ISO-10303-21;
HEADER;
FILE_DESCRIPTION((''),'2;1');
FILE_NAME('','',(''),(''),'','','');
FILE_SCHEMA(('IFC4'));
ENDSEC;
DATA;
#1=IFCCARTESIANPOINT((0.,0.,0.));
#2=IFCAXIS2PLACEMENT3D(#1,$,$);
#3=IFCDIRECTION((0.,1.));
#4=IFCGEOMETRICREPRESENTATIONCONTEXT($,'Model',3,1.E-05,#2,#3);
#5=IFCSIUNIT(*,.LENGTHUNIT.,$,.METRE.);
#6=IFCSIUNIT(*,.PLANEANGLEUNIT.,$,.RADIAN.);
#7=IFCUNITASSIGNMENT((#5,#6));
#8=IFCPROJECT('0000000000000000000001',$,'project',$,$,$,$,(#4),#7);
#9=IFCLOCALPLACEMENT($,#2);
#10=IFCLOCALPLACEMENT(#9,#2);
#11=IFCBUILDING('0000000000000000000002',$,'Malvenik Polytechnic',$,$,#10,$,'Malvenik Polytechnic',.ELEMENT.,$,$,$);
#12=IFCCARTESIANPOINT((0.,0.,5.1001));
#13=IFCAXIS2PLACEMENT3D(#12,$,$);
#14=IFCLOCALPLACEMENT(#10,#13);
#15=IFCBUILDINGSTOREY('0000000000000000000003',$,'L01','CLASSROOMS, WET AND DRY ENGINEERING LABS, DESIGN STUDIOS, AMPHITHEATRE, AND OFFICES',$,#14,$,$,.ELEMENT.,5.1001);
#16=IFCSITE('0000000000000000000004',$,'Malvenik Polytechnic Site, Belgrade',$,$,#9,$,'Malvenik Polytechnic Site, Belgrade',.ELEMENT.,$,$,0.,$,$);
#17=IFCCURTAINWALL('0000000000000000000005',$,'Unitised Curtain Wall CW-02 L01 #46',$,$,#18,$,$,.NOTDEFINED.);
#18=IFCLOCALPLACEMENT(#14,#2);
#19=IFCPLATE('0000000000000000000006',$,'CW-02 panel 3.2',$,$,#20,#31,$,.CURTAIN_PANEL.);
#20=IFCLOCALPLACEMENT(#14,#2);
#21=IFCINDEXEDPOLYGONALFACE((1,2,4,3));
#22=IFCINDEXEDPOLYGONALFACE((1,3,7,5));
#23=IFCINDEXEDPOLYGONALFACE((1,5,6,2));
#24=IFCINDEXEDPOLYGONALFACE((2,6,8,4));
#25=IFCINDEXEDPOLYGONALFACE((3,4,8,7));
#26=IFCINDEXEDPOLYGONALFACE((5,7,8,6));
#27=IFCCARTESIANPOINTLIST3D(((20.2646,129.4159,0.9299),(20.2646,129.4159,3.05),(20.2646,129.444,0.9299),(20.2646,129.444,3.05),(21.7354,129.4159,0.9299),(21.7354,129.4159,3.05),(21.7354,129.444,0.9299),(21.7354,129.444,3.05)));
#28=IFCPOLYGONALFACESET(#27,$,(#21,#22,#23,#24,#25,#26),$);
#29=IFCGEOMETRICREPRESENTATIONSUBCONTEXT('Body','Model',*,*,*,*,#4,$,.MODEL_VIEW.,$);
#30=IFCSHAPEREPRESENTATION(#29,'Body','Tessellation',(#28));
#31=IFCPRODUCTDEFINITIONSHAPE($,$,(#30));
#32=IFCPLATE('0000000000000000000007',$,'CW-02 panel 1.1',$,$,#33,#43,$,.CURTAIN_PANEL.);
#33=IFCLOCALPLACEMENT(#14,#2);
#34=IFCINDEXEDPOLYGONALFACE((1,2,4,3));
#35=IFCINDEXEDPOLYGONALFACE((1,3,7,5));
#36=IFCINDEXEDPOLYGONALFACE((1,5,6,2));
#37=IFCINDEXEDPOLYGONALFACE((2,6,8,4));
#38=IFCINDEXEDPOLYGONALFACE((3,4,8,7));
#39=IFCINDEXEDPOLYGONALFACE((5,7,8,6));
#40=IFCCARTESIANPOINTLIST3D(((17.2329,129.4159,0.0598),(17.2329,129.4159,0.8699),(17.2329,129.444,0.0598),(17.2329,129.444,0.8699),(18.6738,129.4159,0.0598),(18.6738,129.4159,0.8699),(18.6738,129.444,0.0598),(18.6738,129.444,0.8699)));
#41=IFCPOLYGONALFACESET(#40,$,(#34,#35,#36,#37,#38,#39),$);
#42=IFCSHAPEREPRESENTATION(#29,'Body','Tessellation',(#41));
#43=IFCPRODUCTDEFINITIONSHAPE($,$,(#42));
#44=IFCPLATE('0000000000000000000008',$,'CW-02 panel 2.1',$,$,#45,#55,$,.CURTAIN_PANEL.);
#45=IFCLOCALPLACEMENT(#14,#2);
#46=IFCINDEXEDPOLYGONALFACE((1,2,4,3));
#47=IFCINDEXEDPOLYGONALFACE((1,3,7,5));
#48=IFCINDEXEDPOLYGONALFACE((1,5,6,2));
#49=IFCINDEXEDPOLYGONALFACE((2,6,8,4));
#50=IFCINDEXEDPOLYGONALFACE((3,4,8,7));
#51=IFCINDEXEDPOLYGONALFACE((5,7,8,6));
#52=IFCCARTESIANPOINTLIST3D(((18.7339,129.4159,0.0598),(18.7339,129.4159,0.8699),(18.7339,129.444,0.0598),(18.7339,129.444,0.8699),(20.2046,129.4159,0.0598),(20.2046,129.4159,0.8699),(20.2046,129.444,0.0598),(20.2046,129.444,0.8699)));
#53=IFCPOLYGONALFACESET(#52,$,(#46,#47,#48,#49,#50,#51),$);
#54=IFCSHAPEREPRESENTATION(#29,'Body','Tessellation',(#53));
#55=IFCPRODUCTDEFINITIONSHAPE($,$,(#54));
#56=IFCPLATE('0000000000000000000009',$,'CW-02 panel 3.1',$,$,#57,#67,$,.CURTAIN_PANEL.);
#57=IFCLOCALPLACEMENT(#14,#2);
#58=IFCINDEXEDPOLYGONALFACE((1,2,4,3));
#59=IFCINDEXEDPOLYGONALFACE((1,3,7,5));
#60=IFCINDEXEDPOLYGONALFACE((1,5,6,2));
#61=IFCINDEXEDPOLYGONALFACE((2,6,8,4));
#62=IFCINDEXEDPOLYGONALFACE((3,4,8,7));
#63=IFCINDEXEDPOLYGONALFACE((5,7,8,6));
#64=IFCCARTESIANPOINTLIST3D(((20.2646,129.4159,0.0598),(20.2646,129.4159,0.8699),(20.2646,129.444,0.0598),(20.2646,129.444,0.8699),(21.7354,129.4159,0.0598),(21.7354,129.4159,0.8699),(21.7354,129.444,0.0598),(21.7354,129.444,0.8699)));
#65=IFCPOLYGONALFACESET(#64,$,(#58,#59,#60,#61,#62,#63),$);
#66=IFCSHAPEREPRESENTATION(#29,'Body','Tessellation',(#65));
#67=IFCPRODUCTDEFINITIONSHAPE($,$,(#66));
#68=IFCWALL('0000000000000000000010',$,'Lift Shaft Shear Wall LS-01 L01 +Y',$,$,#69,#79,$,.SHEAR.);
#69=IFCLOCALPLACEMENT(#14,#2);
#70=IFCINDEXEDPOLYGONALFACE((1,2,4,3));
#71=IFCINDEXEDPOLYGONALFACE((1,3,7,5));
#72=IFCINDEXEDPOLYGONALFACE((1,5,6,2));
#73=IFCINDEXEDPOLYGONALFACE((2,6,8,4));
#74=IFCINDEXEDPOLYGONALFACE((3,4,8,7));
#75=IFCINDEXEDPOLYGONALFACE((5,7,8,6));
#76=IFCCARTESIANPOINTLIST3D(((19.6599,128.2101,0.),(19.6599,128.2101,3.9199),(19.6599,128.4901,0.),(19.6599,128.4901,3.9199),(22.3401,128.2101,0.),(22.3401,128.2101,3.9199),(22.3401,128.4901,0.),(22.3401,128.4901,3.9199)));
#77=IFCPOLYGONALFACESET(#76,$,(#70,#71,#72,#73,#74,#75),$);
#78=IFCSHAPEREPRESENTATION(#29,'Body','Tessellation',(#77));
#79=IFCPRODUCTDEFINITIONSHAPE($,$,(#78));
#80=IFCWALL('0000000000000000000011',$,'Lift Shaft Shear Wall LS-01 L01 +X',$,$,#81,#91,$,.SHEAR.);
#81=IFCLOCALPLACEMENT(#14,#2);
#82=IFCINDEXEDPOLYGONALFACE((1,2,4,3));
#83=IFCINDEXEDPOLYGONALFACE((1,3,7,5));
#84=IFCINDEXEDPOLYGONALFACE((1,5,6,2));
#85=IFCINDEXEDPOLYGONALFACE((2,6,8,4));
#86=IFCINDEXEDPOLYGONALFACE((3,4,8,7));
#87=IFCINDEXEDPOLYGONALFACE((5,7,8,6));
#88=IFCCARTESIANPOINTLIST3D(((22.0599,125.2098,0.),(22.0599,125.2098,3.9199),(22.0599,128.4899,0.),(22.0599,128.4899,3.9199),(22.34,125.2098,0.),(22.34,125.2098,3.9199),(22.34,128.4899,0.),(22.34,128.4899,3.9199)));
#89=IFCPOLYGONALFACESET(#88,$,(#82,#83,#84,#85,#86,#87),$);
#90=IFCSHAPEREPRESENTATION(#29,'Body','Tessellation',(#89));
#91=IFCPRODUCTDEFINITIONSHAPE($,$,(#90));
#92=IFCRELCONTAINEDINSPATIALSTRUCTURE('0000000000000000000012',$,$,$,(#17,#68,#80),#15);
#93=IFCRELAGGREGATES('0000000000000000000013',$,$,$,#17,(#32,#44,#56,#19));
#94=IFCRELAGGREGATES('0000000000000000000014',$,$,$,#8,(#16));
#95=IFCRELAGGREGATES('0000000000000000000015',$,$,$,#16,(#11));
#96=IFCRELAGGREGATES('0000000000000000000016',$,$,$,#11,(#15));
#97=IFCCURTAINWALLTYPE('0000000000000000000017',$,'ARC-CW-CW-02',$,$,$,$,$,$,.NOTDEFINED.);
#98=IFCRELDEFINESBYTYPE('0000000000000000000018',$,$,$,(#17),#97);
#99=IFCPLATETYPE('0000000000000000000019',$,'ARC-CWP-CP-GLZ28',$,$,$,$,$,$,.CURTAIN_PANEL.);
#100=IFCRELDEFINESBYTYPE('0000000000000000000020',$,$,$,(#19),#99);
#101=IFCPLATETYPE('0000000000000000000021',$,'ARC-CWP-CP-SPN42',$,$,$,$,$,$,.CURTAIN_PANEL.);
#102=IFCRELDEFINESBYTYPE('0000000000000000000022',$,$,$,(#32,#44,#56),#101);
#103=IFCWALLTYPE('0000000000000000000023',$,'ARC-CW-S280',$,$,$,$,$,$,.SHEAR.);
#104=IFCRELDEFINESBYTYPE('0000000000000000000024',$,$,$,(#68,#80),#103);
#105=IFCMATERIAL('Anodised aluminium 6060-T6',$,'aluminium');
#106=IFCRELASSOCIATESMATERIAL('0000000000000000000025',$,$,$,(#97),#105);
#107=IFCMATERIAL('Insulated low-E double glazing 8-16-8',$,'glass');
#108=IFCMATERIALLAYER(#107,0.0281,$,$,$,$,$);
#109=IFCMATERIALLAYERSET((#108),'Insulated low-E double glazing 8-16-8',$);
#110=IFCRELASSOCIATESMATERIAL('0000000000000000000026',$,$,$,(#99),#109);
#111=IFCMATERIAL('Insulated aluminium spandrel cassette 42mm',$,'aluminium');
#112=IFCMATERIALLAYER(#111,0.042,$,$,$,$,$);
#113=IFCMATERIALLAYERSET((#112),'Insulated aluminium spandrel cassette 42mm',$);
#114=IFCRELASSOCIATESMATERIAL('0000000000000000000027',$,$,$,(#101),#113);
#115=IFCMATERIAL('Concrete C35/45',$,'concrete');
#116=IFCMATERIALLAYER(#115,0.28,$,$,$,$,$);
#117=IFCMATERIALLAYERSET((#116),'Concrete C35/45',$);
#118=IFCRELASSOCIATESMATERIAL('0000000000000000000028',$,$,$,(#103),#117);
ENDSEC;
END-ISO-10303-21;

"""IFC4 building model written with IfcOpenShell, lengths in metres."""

from ifc_helpers import new_model, si_unit, direction, frame, frame_2d, origin, origin_2d, place, context, subcontext, project, spatial, rectangle, extrude, material, layer, layer_set, type_object, element, aggregate, save


model = new_model("IFC4")

# Units and contexts
model_context = context("Model", 3, precision=1e-05, world=origin(), true_north=direction((0.0, 1.0)))
body_context = subcontext(model_context, "Body", "Model", "MODEL_VIEW")
ifc_project = project(units=[si_unit("LENGTHUNIT", "METRE"), si_unit("PLANEANGLEUNIT", "RADIAN")], contexts=[model_context])

# Site, building, storey
site_placement = place(None, origin())
site = spatial("IfcSite", under=ifc_project, at=site_placement, Name="Malvenik Polytechnic Site, Belgrade", LongName="Malvenik Polytechnic Site, Belgrade", CompositionType="ELEMENT", RefElevation=0.0)
building_placement = place(site_placement, origin())
building = spatial("IfcBuilding", under=site, at=building_placement, Name="Malvenik Polytechnic", LongName="Malvenik Polytechnic", CompositionType="ELEMENT")
storey_placement = place(building_placement, frame((0.0, 0.0, 5.1001)))
storey = spatial("IfcBuildingStorey", under=building, at=storey_placement, Name="L01", Description="CLASSROOMS, WET AND DRY ENGINEERING LABS, DESIGN STUDIOS, AMPHITHEATRE, AND OFFICES", CompositionType="ELEMENT", Elevation=5.1001)

# Curtain wall, plates
ifc_material_1 = material(Name="Anodised aluminium 6060-T6", Category="aluminium")
curtain_wall_type = type_object("IfcCurtainWallType", Name="ARC-CW-CW-02", PredefinedType="NOTDEFINED", material=ifc_material_1)
curtain_wall_placement = place(storey_placement, origin())
curtain_wall = element("IfcCurtainWall", 1, at=curtain_wall_placement, inside=storey, type_object=curtain_wall_type, Name="Unitised Curtain Wall CW-02 L01 #46", PredefinedType="NOTDEFINED")
ifc_material_2 = material(Name="Insulated low-E double glazing 8-16-8", Category="glass")
ifc_layer_1 = layer(ifc_material_2, 0.0281)
ifc_layer_set_1 = layer_set([ifc_layer_1], Name="Insulated low-E double glazing 8-16-8")
plate_type_1 = type_object("IfcPlateType", Name="ARC-CWP-CP-GLZ28", PredefinedType="CURTAIN_PANEL", material=ifc_layer_set_1)
plate_1_placement = place(storey_placement, frame((21.0, 129.4299, 0.9299), z_axis=(0.0, 0.0, 1.0), x_axis=(1.0, 0.0, 0.0)))
plate_1 = element("IfcPlate", 2, at=plate_1_placement, type_object=plate_type_1, Name="CW-02 panel 3.2", PredefinedType="CURTAIN_PANEL", context=body_context, shape_type="SweptSolid", body=[
    extrude(rectangle(XDim=1.4707, YDim=0.0281, at=origin_2d()), origin(), (0.0, 0.0, 1.0), 2.1201),
])
ifc_material_3 = material(Name="Insulated aluminium spandrel cassette 42mm", Category="aluminium")
ifc_layer_2 = layer(ifc_material_3, 0.042)
ifc_layer_set_2 = layer_set([ifc_layer_2], Name="Insulated aluminium spandrel cassette 42mm")
plate_type_2 = type_object("IfcPlateType", Name="ARC-CWP-CP-SPN42", PredefinedType="CURTAIN_PANEL", material=ifc_layer_set_2)
plate_2_placement = place(storey_placement, frame((17.9534, 129.4299, 0.0598), z_axis=(0.0, 0.0, 1.0), x_axis=(1.0, 0.0, 0.0)))
plate_2 = element("IfcPlate", 3, at=plate_2_placement, type_object=plate_type_2, Name="CW-02 panel 1.1", PredefinedType="CURTAIN_PANEL", context=body_context, shape_type="SweptSolid", body=[
    extrude(rectangle(XDim=1.4409, YDim=0.0281, at=origin_2d()), origin(), (0.0, 0.0, 1.0), 0.8101),
])
plate_3_placement = place(storey_placement, frame((19.4692, 129.4299, 0.0598), z_axis=(0.0, 0.0, 1.0), x_axis=(1.0, 0.0, 0.0)))
plate_3 = element("IfcPlate", 4, at=plate_3_placement, type_object=plate_type_2, Name="CW-02 panel 2.1", PredefinedType="CURTAIN_PANEL", context=body_context, shape_type="SweptSolid", body=[
    extrude(rectangle(XDim=1.4707, YDim=0.0281, at=origin_2d()), origin(), (0.0, 0.0, 1.0), 0.8101),
])
plate_4_placement = place(storey_placement, frame((21.0, 129.4299, 0.0598), z_axis=(0.0, 0.0, 1.0), x_axis=(1.0, 0.0, 0.0)))
plate_4 = element("IfcPlate", 5, at=plate_4_placement, type_object=plate_type_2, Name="CW-02 panel 3.1", PredefinedType="CURTAIN_PANEL", context=body_context, shape_type="SweptSolid", body=[
    extrude(rectangle(XDim=1.4707, YDim=0.0281, at=origin_2d()), origin(), (0.0, 0.0, 1.0), 0.8101),
])
aggregate(curtain_wall, [plate_2, plate_3, plate_4, plate_1])

# Shared definitions
ifc_material_4 = material(Name="Concrete C35/45", Category="concrete")
ifc_layer_3 = layer(ifc_material_4, 0.28)
ifc_layer_set_3 = layer_set([ifc_layer_3], Name="Concrete C35/45")
wall_type = type_object("IfcWallType", Name="ARC-CW-S280", PredefinedType="SHEAR", material=ifc_layer_set_3)

# Walls
wall_1_placement = place(storey_placement, frame((19.6599, 128.3501, 0.0), z_axis=(0.0, 0.0, 1.0), x_axis=(1.0, 0.0, 0.0)))
element("IfcWall", 6, at=wall_1_placement, inside=storey, type_object=wall_type, Name="Lift Shaft Shear Wall LS-01 L01 +Y", PredefinedType="SHEAR", context=body_context, shape_type="SweptSolid", body=[
    extrude(rectangle(XDim=2.6802, YDim=0.28, at=frame_2d((1.3401, 0.0))), origin(), (0.0, 0.0, 1.0), 3.9199),
])
wall_2_placement = place(storey_placement, frame((22.2, 128.49, 0.0), z_axis=(0.0, 0.0, 1.0), x_axis=(0.0, -1.0, 0.0)))
element("IfcWall", 7, at=wall_2_placement, inside=storey, type_object=wall_type, Name="Lift Shaft Shear Wall LS-01 L01 +X", PredefinedType="SHEAR", context=body_context, shape_type="SweptSolid", body=[
    extrude(rectangle(XDim=3.28, YDim=0.28, at=frame_2d((1.6401, 0.0))), origin(), (0.0, 0.0, 1.0), 3.9199),
])

save(model, "model.ifc")
